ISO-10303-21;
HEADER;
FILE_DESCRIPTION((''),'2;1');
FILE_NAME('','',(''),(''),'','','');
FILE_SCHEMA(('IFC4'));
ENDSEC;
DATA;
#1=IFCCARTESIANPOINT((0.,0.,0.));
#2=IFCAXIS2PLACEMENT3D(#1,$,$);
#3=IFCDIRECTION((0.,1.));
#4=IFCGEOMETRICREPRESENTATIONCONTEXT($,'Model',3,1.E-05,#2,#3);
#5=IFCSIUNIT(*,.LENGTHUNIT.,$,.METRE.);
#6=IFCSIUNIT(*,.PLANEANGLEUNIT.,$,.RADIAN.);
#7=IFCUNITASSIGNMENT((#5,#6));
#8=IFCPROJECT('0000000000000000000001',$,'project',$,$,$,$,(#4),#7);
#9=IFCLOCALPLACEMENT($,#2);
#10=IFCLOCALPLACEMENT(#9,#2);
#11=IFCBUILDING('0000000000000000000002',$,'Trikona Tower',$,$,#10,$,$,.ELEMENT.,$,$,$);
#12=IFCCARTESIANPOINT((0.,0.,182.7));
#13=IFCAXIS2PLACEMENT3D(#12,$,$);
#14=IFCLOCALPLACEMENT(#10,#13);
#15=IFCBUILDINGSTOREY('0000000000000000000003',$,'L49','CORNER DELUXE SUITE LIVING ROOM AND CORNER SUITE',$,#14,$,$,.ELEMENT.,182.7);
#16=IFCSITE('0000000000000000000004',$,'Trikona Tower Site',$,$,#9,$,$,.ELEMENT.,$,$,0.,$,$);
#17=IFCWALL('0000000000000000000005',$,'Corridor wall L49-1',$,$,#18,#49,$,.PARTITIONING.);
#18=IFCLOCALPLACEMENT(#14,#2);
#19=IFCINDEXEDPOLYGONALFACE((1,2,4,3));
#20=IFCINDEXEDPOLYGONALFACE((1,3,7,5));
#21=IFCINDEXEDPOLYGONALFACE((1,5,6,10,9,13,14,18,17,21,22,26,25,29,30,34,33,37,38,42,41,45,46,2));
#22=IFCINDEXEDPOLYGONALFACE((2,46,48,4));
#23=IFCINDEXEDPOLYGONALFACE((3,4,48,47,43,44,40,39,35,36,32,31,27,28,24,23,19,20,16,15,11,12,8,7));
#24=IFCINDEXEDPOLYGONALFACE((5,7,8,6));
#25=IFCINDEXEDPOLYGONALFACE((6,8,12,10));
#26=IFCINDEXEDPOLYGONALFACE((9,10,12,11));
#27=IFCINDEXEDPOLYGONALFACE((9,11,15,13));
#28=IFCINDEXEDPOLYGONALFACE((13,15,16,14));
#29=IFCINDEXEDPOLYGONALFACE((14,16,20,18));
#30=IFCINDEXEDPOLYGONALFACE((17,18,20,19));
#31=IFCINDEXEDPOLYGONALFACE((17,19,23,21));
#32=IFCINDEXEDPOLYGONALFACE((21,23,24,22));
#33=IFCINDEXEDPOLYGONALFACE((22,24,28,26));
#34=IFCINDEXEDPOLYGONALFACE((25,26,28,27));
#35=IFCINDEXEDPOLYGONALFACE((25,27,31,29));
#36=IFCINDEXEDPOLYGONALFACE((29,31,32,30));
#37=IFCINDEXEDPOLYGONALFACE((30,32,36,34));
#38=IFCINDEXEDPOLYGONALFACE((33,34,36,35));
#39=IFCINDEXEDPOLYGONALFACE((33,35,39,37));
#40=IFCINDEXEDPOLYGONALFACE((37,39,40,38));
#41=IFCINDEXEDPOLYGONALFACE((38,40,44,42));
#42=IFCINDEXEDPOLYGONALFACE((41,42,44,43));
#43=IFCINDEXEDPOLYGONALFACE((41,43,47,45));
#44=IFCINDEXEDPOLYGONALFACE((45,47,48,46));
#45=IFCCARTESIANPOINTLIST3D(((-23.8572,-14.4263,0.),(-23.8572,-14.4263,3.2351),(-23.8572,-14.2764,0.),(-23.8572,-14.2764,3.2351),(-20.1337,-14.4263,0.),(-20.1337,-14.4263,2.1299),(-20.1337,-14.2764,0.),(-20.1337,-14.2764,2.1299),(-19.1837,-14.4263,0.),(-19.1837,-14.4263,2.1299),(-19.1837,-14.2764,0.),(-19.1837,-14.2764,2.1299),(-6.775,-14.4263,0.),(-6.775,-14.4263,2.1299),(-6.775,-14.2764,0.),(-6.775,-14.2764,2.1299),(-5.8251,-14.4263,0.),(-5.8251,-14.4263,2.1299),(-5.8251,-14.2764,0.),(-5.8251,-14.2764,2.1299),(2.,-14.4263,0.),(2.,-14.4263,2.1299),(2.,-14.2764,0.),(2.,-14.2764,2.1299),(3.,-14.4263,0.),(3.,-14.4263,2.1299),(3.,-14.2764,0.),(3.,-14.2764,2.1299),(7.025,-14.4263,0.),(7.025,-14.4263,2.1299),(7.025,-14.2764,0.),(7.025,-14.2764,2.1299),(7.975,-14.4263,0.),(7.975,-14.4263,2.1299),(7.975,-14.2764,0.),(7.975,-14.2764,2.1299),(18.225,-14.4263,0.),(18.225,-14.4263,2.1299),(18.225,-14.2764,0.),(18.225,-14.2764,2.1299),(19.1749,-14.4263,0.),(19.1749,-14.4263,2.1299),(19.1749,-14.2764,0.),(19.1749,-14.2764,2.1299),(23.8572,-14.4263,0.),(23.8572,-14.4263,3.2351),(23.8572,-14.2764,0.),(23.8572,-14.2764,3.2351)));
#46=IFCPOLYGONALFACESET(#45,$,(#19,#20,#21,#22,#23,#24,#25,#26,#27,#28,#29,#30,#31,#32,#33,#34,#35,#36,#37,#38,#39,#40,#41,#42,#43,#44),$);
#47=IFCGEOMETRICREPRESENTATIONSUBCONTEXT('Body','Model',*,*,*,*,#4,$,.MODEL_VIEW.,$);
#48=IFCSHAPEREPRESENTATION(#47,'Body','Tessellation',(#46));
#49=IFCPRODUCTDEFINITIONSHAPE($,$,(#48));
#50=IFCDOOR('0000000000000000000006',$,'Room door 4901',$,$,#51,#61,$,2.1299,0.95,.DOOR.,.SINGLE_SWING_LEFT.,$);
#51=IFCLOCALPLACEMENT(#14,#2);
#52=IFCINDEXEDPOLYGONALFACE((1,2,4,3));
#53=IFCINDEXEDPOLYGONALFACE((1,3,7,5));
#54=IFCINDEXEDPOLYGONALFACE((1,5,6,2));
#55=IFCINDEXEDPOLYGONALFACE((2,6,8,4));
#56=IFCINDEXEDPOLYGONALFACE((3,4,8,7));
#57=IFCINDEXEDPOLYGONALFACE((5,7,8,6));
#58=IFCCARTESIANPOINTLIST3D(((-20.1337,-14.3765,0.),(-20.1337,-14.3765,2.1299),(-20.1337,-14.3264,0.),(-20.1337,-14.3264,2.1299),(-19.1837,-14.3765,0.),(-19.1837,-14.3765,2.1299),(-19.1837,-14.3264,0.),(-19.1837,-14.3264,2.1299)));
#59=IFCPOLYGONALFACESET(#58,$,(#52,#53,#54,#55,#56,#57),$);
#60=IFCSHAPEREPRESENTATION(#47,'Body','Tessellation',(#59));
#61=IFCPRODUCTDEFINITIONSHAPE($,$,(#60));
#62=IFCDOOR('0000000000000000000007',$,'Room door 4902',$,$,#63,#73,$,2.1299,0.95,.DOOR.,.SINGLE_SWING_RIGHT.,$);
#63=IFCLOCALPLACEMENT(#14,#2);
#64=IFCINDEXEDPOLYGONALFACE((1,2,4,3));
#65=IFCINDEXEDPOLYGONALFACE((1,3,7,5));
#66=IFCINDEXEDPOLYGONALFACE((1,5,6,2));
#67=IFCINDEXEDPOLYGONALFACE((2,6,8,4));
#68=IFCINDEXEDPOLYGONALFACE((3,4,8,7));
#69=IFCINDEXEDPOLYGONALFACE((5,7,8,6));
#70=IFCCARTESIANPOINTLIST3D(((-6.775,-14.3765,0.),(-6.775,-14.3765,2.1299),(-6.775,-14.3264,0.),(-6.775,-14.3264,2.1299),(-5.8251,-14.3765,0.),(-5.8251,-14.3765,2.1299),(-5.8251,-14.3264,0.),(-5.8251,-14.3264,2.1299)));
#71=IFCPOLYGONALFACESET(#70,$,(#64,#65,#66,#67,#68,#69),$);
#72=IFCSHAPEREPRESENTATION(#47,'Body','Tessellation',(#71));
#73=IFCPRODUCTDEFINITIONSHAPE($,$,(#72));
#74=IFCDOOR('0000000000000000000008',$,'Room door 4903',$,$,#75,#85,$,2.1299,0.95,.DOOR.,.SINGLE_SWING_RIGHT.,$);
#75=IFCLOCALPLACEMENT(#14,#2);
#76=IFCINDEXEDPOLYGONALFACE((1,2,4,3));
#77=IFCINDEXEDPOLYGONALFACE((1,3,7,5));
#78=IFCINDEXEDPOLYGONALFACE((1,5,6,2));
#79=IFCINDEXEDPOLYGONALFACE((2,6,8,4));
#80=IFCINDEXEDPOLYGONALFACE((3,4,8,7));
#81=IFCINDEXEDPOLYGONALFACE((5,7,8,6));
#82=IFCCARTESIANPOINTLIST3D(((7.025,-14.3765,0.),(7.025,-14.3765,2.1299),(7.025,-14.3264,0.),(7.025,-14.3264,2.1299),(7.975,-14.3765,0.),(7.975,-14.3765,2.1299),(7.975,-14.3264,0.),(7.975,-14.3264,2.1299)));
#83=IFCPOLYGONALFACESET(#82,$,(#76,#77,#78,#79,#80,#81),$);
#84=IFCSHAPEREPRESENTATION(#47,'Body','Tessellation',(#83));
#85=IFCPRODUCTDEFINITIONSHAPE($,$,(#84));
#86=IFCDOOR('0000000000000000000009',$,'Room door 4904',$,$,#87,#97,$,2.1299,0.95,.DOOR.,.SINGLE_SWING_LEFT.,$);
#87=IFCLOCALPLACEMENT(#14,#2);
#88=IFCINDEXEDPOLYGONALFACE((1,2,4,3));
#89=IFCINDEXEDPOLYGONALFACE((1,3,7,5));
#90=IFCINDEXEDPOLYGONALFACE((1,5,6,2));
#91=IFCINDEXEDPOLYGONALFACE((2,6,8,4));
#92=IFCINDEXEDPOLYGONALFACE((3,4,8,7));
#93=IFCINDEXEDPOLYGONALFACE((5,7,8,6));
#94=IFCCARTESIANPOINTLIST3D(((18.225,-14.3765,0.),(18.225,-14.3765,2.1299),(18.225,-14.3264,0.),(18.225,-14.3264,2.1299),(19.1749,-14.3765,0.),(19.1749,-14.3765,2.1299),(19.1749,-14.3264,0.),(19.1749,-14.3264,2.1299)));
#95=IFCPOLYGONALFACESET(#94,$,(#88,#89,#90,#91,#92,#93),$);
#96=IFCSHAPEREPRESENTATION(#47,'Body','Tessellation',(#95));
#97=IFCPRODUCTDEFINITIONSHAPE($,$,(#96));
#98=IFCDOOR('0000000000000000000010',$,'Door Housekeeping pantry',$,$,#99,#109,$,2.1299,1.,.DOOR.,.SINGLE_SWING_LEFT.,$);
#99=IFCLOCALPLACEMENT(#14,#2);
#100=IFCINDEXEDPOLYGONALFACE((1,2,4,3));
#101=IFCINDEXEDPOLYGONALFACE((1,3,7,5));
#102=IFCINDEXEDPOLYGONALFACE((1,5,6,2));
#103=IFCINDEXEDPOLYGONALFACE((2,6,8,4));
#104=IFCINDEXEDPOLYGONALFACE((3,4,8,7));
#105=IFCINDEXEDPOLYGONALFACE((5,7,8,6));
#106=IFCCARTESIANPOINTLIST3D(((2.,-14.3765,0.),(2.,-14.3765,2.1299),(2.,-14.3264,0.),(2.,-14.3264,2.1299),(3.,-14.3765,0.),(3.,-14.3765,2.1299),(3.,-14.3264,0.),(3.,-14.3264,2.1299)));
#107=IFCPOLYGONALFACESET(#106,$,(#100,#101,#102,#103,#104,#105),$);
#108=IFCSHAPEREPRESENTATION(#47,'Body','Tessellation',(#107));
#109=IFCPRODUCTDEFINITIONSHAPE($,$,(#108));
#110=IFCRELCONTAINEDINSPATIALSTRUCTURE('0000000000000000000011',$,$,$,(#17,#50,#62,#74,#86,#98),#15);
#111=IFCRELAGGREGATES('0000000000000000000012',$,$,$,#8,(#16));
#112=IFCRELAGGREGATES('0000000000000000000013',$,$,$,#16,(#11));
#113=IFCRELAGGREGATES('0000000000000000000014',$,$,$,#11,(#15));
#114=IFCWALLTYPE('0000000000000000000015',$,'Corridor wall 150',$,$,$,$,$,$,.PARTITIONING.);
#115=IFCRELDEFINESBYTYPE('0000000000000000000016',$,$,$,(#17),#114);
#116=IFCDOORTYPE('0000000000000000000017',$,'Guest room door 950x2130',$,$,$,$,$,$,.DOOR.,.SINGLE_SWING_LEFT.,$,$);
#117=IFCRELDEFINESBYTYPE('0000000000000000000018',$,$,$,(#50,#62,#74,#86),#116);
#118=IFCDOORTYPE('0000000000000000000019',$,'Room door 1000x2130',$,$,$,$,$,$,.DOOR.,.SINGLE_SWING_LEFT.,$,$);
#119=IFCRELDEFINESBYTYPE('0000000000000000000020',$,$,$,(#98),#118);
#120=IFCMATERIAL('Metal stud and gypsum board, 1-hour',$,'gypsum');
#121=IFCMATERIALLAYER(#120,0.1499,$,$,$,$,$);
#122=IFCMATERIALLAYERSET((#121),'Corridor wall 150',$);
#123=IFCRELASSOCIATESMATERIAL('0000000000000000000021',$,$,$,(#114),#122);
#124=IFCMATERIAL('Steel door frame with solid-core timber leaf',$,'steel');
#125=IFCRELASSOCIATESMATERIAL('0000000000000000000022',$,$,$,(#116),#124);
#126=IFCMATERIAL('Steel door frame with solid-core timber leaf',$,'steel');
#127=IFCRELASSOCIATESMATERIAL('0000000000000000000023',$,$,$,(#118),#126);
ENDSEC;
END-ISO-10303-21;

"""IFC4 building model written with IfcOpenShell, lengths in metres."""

from ifc_helpers import new_model, si_unit, direction, frame, frame_2d, origin, place, context, subcontext, project, spatial, rectangle, extrude, material, layer, layer_set, type_object, element, fill, save


model = new_model("IFC4")

# Units and contexts
model_context = context("Model", 3, precision=1e-05, world=origin(), true_north=direction((0.0, 1.0)))
body_context = subcontext(model_context, "Body", "Model", "MODEL_VIEW")
ifc_project = project(units=[si_unit("LENGTHUNIT", "METRE"), si_unit("PLANEANGLEUNIT", "RADIAN")], contexts=[model_context])

# Site, building, storey
site_placement = place(None, origin())
site = spatial("IfcSite", under=ifc_project, at=site_placement, Name="Trikona Tower Site", CompositionType="ELEMENT", RefElevation=0.0)
building_placement = place(site_placement, origin())
building = spatial("IfcBuilding", under=site, at=building_placement, Name="Trikona Tower", CompositionType="ELEMENT")
storey_placement = place(building_placement, frame((0.0, 0.0, 182.7)))
storey = spatial("IfcBuildingStorey", under=building, at=storey_placement, Name="L49", Description="CORNER DELUXE SUITE LIVING ROOM AND CORNER SUITE", CompositionType="ELEMENT", Elevation=182.7)

# Wall, openings, doors
ifc_material_1 = material(Name="Metal stud and gypsum board, 1-hour", Category="gypsum")
ifc_layer_1 = layer(ifc_material_1, 0.1499)
ifc_layer_set_1 = layer_set([ifc_layer_1], Name="Corridor wall 150")
wall_type_1 = type_object("IfcWallType", Name="Corridor wall 150", PredefinedType="PARTITIONING", material=ifc_layer_set_1)
wall_1_placement = place(storey_placement, frame((-23.8572, -14.3513, 0.0), z_axis=(0.0, 0.0, 1.0), x_axis=(1.0, 0.0, 0.0)))
wall_1 = element("IfcWall", 1, at=wall_1_placement, inside=storey, type_object=wall_type_1, Name="Corridor wall L49-1", PredefinedType="PARTITIONING", context=body_context, shape_type="SweptSolid", body=[
    extrude(rectangle(XDim=47.7144, YDim=0.1499, at=frame_2d((23.8572, 0.0))), origin(), (0.0, 0.0, 1.0), 3.2351),
])
opening_1_placement = place(wall_1_placement, frame((3.7234, 0.0, 0.0)))
opening_1 = element("IfcOpeningElement", 2, at=opening_1_placement, cuts=wall_1, PredefinedType="OPENING", context=body_context, shape_type="SweptSolid", body=[
    extrude(rectangle(XDim=0.95, YDim=2.1299, at=frame_2d((0.4751, 1.0649))), frame((0.0, 0.085, 0.0), z_axis=(0.0, -1.0, 0.0), x_axis=(1.0, 0.0, 0.0)), (0.0, 0.0, 1.0), 0.1699),
])
opening_2_placement = place(wall_1_placement, frame((17.082, 0.0, 0.0)))
opening_2 = element("IfcOpeningElement", 3, at=opening_2_placement, cuts=wall_1, PredefinedType="OPENING", context=body_context, shape_type="SweptSolid", body=[
    extrude(rectangle(XDim=0.95, YDim=2.1299, at=frame_2d((0.4751, 1.0649))), frame((0.0, 0.085, 0.0), z_axis=(0.0, -1.0, 0.0), x_axis=(1.0, 0.0, 0.0)), (0.0, 0.0, 1.0), 0.1699),
])
opening_3_placement = place(wall_1_placement, frame((25.8572, 0.0, 0.0)))
opening_3 = element("IfcOpeningElement", 4, at=opening_3_placement, cuts=wall_1, PredefinedType="OPENING", context=body_context, shape_type="SweptSolid", body=[
    extrude(rectangle(XDim=1.0, YDim=2.1299, at=frame_2d((0.5, 1.0649))), frame((0.0, 0.085, 0.0), z_axis=(0.0, -1.0, 0.0), x_axis=(1.0, 0.0, 0.0)), (0.0, 0.0, 1.0), 0.1699),
])
opening_4_placement = place(wall_1_placement, frame((30.8821, 0.0, 0.0)))
opening_4 = element("IfcOpeningElement", 5, at=opening_4_placement, cuts=wall_1, PredefinedType="OPENING", context=body_context, shape_type="SweptSolid", body=[
    extrude(rectangle(XDim=0.95, YDim=2.1299, at=frame_2d((0.4751, 1.0649))), frame((0.0, 0.085, 0.0), z_axis=(0.0, -1.0, 0.0), x_axis=(1.0, 0.0, 0.0)), (0.0, 0.0, 1.0), 0.1699),
])
opening_5_placement = place(wall_1_placement, frame((42.082, 0.0, 0.0)))
opening_5 = element("IfcOpeningElement", 6, at=opening_5_placement, cuts=wall_1, PredefinedType="OPENING", context=body_context, shape_type="SweptSolid", body=[
    extrude(rectangle(XDim=0.95, YDim=2.1299, at=frame_2d((0.4751, 1.0649))), frame((0.0, 0.085, 0.0), z_axis=(0.0, -1.0, 0.0), x_axis=(1.0, 0.0, 0.0)), (0.0, 0.0, 1.0), 0.1699),
])
ifc_material_2 = material(Name="Steel door frame with solid-core timber leaf", Category="steel")
door_type_1 = type_object("IfcDoorType", Name="Guest room door 950x2130", OperationType="SINGLE_SWING_LEFT", PredefinedType="DOOR", material=ifc_material_2)
door_1_placement = place(opening_1_placement, origin())
door_1 = element("IfcDoor", 7, at=door_1_placement, inside=storey, type_object=door_type_1, Name="Room door 4901", OperationType="SINGLE_SWING_LEFT", OverallHeight=2.1299, OverallWidth=0.95, PredefinedType="DOOR", context=body_context, shape_type="SweptSolid", body=[
    extrude(rectangle(XDim=0.95, YDim=2.1299, at=frame_2d((0.4751, 1.0649))), frame((0.0, 0.0249, 0.0), z_axis=(0.0, -1.0, 0.0), x_axis=(1.0, 0.0, 0.0)), (0.0, 0.0, 1.0), 0.05),
])
fill(opening_1, door_1)
door_2_placement = place(opening_2_placement, origin())
door_2 = element("IfcDoor", 8, at=door_2_placement, inside=storey, type_object=door_type_1, Name="Room door 4902", OperationType="SINGLE_SWING_RIGHT", OverallHeight=2.1299, OverallWidth=0.95, PredefinedType="DOOR", context=body_context, shape_type="SweptSolid", body=[
    extrude(rectangle(XDim=0.95, YDim=2.1299, at=frame_2d((0.4751, 1.0649))), frame((0.0, 0.0249, 0.0), z_axis=(0.0, -1.0, 0.0), x_axis=(1.0, 0.0, 0.0)), (0.0, 0.0, 1.0), 0.05),
])
fill(opening_2, door_2)
door_3_placement = place(opening_4_placement, origin())
door_3 = element("IfcDoor", 9, at=door_3_placement, inside=storey, type_object=door_type_1, Name="Room door 4903", OperationType="SINGLE_SWING_RIGHT", OverallHeight=2.1299, OverallWidth=0.95, PredefinedType="DOOR", context=body_context, shape_type="SweptSolid", body=[
    extrude(rectangle(XDim=0.95, YDim=2.1299, at=frame_2d((0.4751, 1.0649))), frame((0.0, 0.0249, 0.0), z_axis=(0.0, -1.0, 0.0), x_axis=(1.0, 0.0, 0.0)), (0.0, 0.0, 1.0), 0.05),
])
fill(opening_4, door_3)
door_4_placement = place(opening_5_placement, origin())
door_4 = element("IfcDoor", 10, at=door_4_placement, inside=storey, type_object=door_type_1, Name="Room door 4904", OperationType="SINGLE_SWING_LEFT", OverallHeight=2.1299, OverallWidth=0.95, PredefinedType="DOOR", context=body_context, shape_type="SweptSolid", body=[
    extrude(rectangle(XDim=0.95, YDim=2.1299, at=frame_2d((0.4751, 1.0649))), frame((0.0, 0.0249, 0.0), z_axis=(0.0, -1.0, 0.0), x_axis=(1.0, 0.0, 0.0)), (0.0, 0.0, 1.0), 0.05),
])
fill(opening_5, door_4)
ifc_material_3 = material(Name="Steel door frame with solid-core timber leaf", Category="steel")
door_type_2 = type_object("IfcDoorType", Name="Room door 1000x2130", OperationType="SINGLE_SWING_LEFT", PredefinedType="DOOR", material=ifc_material_3)
door_5_placement = place(opening_3_placement, origin())
door_5 = element("IfcDoor", 11, at=door_5_placement, inside=storey, type_object=door_type_2, Name="Door Housekeeping pantry", OperationType="SINGLE_SWING_LEFT", OverallHeight=2.1299, OverallWidth=1.0, PredefinedType="DOOR", context=body_context, shape_type="SweptSolid", body=[
    extrude(rectangle(XDim=1.0, YDim=2.1299, at=frame_2d((0.5, 1.0649))), frame((0.0, 0.0249, 0.0), z_axis=(0.0, -1.0, 0.0), x_axis=(1.0, 0.0, 0.0)), (0.0, 0.0, 1.0), 0.05),
])
fill(opening_3, door_5)

save(model, "model.ifc")
